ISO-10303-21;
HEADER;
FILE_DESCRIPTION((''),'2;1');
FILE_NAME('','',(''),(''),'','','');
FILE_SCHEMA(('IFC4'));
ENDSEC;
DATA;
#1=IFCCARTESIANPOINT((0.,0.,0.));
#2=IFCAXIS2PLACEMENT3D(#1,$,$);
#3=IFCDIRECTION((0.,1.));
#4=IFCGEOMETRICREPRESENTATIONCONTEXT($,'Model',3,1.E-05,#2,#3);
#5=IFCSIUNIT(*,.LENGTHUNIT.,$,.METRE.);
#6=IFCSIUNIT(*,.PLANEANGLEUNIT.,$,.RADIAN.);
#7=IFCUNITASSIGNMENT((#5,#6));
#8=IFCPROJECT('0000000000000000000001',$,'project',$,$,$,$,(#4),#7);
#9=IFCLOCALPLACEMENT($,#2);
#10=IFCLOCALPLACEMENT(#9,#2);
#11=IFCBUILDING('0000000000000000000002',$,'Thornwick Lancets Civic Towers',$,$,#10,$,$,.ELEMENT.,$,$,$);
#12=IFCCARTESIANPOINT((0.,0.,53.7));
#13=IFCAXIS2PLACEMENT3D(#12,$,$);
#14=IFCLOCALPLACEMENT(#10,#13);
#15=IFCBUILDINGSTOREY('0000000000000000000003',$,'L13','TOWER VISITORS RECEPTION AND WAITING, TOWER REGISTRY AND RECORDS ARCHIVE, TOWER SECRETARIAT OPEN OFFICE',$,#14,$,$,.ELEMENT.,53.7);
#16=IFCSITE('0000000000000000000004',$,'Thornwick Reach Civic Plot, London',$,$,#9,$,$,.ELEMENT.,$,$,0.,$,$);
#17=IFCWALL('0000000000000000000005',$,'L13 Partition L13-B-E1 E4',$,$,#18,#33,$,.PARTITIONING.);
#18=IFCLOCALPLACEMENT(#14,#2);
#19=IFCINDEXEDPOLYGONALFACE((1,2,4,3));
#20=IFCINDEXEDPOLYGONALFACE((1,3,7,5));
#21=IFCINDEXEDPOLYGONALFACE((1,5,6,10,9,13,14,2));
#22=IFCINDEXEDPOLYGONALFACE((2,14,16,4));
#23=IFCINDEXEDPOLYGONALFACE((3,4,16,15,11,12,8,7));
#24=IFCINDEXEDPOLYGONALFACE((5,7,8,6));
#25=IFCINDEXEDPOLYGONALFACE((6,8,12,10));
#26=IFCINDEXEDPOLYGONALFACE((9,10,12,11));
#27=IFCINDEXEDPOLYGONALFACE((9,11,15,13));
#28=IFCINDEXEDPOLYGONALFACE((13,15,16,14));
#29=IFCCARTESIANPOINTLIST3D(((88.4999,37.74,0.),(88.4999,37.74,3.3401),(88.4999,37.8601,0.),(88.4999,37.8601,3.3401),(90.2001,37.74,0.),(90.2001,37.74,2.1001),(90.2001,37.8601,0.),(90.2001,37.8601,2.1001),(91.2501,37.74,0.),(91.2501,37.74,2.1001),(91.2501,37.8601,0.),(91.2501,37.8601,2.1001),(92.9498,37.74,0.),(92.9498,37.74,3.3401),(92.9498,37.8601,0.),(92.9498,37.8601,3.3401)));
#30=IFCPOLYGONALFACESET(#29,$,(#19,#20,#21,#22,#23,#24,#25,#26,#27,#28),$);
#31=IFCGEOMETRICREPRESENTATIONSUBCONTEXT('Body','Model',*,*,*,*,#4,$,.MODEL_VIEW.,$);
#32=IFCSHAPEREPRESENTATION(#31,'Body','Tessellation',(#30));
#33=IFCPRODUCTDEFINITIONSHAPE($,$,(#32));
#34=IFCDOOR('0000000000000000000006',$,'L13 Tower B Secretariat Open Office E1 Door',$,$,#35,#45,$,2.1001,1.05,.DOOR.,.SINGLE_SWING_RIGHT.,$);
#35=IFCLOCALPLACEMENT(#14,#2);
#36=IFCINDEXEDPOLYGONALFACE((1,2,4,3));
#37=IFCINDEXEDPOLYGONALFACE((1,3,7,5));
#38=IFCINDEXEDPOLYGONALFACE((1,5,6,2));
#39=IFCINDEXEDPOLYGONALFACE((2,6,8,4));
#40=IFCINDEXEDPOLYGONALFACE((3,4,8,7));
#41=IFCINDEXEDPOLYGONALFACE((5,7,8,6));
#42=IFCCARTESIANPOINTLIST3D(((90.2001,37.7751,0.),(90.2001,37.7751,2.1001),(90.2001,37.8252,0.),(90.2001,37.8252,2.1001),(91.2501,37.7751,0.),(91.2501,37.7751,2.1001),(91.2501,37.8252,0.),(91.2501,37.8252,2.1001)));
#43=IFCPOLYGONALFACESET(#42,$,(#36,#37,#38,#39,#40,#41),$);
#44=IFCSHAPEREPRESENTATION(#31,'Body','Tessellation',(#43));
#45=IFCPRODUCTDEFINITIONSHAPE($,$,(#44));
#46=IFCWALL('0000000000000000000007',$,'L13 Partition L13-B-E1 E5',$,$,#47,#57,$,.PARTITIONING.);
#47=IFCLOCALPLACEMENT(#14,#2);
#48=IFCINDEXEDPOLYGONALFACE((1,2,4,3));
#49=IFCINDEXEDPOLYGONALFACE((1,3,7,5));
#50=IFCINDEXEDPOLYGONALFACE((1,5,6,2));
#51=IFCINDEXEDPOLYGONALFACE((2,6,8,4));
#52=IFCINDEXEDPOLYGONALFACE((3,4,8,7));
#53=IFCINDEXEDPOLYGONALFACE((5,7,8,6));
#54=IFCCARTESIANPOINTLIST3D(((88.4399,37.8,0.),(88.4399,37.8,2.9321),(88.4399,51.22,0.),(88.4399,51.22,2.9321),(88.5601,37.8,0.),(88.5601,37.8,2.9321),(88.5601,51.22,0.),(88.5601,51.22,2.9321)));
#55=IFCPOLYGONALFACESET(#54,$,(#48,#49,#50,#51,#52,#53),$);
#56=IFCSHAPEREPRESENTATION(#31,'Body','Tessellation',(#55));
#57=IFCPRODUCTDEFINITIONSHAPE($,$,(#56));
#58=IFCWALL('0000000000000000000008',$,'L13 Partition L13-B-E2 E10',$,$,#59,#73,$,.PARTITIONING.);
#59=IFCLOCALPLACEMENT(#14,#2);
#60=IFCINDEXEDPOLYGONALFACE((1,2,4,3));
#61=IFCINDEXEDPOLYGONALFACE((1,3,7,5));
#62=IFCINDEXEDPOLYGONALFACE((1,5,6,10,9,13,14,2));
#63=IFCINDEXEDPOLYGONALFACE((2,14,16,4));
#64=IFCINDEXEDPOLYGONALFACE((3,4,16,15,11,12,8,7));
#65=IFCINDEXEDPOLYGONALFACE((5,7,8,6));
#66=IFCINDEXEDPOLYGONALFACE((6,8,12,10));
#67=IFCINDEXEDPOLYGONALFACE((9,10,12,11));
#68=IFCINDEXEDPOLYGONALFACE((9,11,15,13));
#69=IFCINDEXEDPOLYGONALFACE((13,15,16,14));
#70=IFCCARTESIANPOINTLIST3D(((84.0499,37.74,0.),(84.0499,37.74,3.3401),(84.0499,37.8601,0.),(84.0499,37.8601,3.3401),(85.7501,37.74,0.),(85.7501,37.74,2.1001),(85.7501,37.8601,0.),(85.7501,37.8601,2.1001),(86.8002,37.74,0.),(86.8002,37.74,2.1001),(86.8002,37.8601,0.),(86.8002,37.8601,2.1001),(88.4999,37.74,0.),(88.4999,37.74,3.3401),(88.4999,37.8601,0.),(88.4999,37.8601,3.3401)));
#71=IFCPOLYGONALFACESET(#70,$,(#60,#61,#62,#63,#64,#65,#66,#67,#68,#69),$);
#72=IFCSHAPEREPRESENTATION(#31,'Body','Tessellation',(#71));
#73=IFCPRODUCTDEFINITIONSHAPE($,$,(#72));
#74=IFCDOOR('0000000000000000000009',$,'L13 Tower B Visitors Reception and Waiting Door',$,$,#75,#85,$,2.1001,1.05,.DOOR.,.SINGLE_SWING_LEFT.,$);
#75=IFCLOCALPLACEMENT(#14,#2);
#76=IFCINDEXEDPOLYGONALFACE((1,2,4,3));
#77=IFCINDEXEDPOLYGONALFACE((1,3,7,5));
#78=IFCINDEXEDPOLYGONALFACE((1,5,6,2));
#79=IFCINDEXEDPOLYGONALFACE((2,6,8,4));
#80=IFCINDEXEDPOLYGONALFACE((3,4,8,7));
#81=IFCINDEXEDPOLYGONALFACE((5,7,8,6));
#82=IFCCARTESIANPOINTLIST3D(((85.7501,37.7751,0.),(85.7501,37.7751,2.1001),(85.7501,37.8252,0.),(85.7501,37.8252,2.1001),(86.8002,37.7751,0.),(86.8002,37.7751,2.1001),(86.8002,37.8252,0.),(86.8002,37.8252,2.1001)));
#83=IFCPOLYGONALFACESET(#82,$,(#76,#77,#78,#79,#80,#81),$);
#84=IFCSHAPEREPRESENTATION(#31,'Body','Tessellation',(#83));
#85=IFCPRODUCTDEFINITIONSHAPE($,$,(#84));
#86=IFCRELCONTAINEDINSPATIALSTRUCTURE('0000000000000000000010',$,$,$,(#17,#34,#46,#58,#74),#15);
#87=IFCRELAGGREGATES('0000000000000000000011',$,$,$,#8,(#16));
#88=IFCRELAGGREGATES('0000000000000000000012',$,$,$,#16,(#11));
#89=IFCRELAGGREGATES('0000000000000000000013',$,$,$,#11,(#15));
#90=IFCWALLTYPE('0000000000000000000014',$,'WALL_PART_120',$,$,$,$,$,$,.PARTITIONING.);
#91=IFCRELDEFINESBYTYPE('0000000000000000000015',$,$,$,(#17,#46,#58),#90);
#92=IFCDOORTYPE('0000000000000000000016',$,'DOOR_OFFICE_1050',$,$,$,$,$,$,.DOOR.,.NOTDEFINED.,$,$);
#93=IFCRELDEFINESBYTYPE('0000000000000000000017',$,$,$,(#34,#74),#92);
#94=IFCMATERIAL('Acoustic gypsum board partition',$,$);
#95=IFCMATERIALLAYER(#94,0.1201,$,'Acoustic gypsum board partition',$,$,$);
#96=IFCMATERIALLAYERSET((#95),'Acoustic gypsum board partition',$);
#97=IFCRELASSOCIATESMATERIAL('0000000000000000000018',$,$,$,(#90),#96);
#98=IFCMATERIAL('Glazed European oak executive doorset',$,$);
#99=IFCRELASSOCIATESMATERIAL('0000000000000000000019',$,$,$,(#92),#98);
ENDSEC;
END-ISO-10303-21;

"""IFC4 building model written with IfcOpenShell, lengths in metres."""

from ifc_helpers import new_model, si_unit, direction, frame, frame_2d, origin, place, context, subcontext, project, spatial, rectangle, extrude, material, layer, layer_set, type_object, element, fill, save


model = new_model("IFC4")

# Units and contexts
model_context = context("Model", 3, precision=1e-05, world=origin(), true_north=direction((0.0, 1.0)))
body_context = subcontext(model_context, "Body", "Model", "MODEL_VIEW")
ifc_project = project(units=[si_unit("LENGTHUNIT", "METRE"), si_unit("PLANEANGLEUNIT", "RADIAN")], contexts=[model_context])

# Site, building, storey
site_placement = place(None, origin())
site = spatial("IfcSite", under=ifc_project, at=site_placement, Name="Thornwick Reach Civic Plot, London", CompositionType="ELEMENT", RefElevation=0.0)
building_placement = place(site_placement, origin())
building = spatial("IfcBuilding", under=site, at=building_placement, Name="Thornwick Lancets Civic Towers", CompositionType="ELEMENT")
storey_placement = place(building_placement, frame((0.0, 0.0, 53.7)))
storey = spatial("IfcBuildingStorey", under=building, at=storey_placement, Name="L13", Description="TOWER VISITORS RECEPTION AND WAITING, TOWER REGISTRY AND RECORDS ARCHIVE, TOWER SECRETARIAT OPEN OFFICE", CompositionType="ELEMENT", Elevation=53.7)

# Shared definitions
ifc_material_1 = material(Name="Acoustic gypsum board partition")
ifc_layer_1 = layer(ifc_material_1, 0.1201, Name="Acoustic gypsum board partition")
ifc_layer_set_1 = layer_set([ifc_layer_1], Name="Acoustic gypsum board partition")
wall_type_1 = type_object("IfcWallType", Name="WALL_PART_120", PredefinedType="PARTITIONING", material=ifc_layer_set_1)

# Wall, opening, door
wall_1_placement = place(storey_placement, frame((92.95, 37.8, 0.0), z_axis=(0.0, 0.0, 1.0), x_axis=(-1.0, 0.0, 0.0)))
wall_1 = element("IfcWall", 1, at=wall_1_placement, inside=storey, type_object=wall_type_1, Name="L13 Partition L13-B-E1 E4", PredefinedType="PARTITIONING", context=body_context, shape_type="SweptSolid", body=[
    extrude(rectangle(XDim=4.45, YDim=0.1201, at=frame_2d((2.2251, 0.0))), origin(), (0.0, 0.0, 1.0), 3.3401),
])
opening_1_placement = place(wall_1_placement, frame((1.7, 0.0, 0.0)))
opening_1 = element("IfcOpeningElement", 2, at=opening_1_placement, cuts=wall_1, PredefinedType="OPENING", context=body_context, shape_type="SweptSolid", body=[
    extrude(rectangle(XDim=1.05, YDim=2.1001, at=frame_2d((0.5249, 1.05))), frame((0.0, 0.0701, 0.0), z_axis=(0.0, -1.0, 0.0), x_axis=(1.0, 0.0, 0.0)), (0.0, 0.0, 1.0), 0.1401),
])
ifc_material_2 = material(Name="Glazed European oak executive doorset")
door_type_1 = type_object("IfcDoorType", Name="DOOR_OFFICE_1050", OperationType="NOTDEFINED", PredefinedType="DOOR", material=ifc_material_2)
door_1_placement = place(opening_1_placement, origin())
door_1 = element("IfcDoor", 3, at=door_1_placement, inside=storey, type_object=door_type_1, Name="L13 Tower B Secretariat Open Office E1 Door", OperationType="SINGLE_SWING_RIGHT", OverallHeight=2.1001, OverallWidth=1.05, PredefinedType="DOOR", context=body_context, shape_type="SweptSolid", body=[
    extrude(rectangle(XDim=1.05, YDim=2.1001, at=frame_2d((0.5249, 1.05))), frame((0.0, 0.0249, 0.0), z_axis=(0.0, -1.0, 0.0), x_axis=(1.0, 0.0, 0.0)), (0.0, 0.0, 1.0), 0.05),
])
fill(opening_1, door_1)

# Wall
wall_2_placement = place(storey_placement, frame((88.5, 37.8, 0.0), z_axis=(0.0, 0.0, 1.0), x_axis=(0.0, 1.0, 0.0)))
element("IfcWall", 4, at=wall_2_placement, inside=storey, type_object=wall_type_1, Name="L13 Partition L13-B-E1 E5", PredefinedType="PARTITIONING", context=body_context, shape_type="SweptSolid", body=[
    extrude(rectangle(XDim=13.4199, YDim=0.1201, at=frame_2d((6.71, 0.0))), origin(), (0.0, 0.0, 1.0), 2.9321),
])

# Wall, opening, door
wall_3_placement = place(storey_placement, frame((88.5, 37.8, 0.0), z_axis=(0.0, 0.0, 1.0), x_axis=(-1.0, 0.0, 0.0)))
wall_3 = element("IfcWall", 5, at=wall_3_placement, inside=storey, type_object=wall_type_1, Name="L13 Partition L13-B-E2 E10", PredefinedType="PARTITIONING", context=body_context, shape_type="SweptSolid", body=[
    extrude(rectangle(XDim=4.45, YDim=0.1201, at=frame_2d((2.2251, 0.0))), origin(), (0.0, 0.0, 1.0), 3.3401),
])
opening_2_placement = place(wall_3_placement, frame((1.7, 0.0, 0.0)))
opening_2 = element("IfcOpeningElement", 6, at=opening_2_placement, cuts=wall_3, PredefinedType="OPENING", context=body_context, shape_type="SweptSolid", body=[
    extrude(rectangle(XDim=1.05, YDim=2.1001, at=frame_2d((0.5249, 1.05))), frame((0.0, 0.0701, 0.0), z_axis=(0.0, -1.0, 0.0), x_axis=(1.0, 0.0, 0.0)), (0.0, 0.0, 1.0), 0.1401),
])
door_2_placement = place(opening_2_placement, origin())
door_2 = element("IfcDoor", 7, at=door_2_placement, inside=storey, type_object=door_type_1, Name="L13 Tower B Visitors Reception and Waiting Door", OperationType="SINGLE_SWING_LEFT", OverallHeight=2.1001, OverallWidth=1.05, PredefinedType="DOOR", context=body_context, shape_type="SweptSolid", body=[
    extrude(rectangle(XDim=1.05, YDim=2.1001, at=frame_2d((0.5249, 1.05))), frame((0.0, 0.0249, 0.0), z_axis=(0.0, -1.0, 0.0), x_axis=(1.0, 0.0, 0.0)), (0.0, 0.0, 1.0), 0.05),
])
fill(opening_2, door_2)

save(model, "model.ifc")
